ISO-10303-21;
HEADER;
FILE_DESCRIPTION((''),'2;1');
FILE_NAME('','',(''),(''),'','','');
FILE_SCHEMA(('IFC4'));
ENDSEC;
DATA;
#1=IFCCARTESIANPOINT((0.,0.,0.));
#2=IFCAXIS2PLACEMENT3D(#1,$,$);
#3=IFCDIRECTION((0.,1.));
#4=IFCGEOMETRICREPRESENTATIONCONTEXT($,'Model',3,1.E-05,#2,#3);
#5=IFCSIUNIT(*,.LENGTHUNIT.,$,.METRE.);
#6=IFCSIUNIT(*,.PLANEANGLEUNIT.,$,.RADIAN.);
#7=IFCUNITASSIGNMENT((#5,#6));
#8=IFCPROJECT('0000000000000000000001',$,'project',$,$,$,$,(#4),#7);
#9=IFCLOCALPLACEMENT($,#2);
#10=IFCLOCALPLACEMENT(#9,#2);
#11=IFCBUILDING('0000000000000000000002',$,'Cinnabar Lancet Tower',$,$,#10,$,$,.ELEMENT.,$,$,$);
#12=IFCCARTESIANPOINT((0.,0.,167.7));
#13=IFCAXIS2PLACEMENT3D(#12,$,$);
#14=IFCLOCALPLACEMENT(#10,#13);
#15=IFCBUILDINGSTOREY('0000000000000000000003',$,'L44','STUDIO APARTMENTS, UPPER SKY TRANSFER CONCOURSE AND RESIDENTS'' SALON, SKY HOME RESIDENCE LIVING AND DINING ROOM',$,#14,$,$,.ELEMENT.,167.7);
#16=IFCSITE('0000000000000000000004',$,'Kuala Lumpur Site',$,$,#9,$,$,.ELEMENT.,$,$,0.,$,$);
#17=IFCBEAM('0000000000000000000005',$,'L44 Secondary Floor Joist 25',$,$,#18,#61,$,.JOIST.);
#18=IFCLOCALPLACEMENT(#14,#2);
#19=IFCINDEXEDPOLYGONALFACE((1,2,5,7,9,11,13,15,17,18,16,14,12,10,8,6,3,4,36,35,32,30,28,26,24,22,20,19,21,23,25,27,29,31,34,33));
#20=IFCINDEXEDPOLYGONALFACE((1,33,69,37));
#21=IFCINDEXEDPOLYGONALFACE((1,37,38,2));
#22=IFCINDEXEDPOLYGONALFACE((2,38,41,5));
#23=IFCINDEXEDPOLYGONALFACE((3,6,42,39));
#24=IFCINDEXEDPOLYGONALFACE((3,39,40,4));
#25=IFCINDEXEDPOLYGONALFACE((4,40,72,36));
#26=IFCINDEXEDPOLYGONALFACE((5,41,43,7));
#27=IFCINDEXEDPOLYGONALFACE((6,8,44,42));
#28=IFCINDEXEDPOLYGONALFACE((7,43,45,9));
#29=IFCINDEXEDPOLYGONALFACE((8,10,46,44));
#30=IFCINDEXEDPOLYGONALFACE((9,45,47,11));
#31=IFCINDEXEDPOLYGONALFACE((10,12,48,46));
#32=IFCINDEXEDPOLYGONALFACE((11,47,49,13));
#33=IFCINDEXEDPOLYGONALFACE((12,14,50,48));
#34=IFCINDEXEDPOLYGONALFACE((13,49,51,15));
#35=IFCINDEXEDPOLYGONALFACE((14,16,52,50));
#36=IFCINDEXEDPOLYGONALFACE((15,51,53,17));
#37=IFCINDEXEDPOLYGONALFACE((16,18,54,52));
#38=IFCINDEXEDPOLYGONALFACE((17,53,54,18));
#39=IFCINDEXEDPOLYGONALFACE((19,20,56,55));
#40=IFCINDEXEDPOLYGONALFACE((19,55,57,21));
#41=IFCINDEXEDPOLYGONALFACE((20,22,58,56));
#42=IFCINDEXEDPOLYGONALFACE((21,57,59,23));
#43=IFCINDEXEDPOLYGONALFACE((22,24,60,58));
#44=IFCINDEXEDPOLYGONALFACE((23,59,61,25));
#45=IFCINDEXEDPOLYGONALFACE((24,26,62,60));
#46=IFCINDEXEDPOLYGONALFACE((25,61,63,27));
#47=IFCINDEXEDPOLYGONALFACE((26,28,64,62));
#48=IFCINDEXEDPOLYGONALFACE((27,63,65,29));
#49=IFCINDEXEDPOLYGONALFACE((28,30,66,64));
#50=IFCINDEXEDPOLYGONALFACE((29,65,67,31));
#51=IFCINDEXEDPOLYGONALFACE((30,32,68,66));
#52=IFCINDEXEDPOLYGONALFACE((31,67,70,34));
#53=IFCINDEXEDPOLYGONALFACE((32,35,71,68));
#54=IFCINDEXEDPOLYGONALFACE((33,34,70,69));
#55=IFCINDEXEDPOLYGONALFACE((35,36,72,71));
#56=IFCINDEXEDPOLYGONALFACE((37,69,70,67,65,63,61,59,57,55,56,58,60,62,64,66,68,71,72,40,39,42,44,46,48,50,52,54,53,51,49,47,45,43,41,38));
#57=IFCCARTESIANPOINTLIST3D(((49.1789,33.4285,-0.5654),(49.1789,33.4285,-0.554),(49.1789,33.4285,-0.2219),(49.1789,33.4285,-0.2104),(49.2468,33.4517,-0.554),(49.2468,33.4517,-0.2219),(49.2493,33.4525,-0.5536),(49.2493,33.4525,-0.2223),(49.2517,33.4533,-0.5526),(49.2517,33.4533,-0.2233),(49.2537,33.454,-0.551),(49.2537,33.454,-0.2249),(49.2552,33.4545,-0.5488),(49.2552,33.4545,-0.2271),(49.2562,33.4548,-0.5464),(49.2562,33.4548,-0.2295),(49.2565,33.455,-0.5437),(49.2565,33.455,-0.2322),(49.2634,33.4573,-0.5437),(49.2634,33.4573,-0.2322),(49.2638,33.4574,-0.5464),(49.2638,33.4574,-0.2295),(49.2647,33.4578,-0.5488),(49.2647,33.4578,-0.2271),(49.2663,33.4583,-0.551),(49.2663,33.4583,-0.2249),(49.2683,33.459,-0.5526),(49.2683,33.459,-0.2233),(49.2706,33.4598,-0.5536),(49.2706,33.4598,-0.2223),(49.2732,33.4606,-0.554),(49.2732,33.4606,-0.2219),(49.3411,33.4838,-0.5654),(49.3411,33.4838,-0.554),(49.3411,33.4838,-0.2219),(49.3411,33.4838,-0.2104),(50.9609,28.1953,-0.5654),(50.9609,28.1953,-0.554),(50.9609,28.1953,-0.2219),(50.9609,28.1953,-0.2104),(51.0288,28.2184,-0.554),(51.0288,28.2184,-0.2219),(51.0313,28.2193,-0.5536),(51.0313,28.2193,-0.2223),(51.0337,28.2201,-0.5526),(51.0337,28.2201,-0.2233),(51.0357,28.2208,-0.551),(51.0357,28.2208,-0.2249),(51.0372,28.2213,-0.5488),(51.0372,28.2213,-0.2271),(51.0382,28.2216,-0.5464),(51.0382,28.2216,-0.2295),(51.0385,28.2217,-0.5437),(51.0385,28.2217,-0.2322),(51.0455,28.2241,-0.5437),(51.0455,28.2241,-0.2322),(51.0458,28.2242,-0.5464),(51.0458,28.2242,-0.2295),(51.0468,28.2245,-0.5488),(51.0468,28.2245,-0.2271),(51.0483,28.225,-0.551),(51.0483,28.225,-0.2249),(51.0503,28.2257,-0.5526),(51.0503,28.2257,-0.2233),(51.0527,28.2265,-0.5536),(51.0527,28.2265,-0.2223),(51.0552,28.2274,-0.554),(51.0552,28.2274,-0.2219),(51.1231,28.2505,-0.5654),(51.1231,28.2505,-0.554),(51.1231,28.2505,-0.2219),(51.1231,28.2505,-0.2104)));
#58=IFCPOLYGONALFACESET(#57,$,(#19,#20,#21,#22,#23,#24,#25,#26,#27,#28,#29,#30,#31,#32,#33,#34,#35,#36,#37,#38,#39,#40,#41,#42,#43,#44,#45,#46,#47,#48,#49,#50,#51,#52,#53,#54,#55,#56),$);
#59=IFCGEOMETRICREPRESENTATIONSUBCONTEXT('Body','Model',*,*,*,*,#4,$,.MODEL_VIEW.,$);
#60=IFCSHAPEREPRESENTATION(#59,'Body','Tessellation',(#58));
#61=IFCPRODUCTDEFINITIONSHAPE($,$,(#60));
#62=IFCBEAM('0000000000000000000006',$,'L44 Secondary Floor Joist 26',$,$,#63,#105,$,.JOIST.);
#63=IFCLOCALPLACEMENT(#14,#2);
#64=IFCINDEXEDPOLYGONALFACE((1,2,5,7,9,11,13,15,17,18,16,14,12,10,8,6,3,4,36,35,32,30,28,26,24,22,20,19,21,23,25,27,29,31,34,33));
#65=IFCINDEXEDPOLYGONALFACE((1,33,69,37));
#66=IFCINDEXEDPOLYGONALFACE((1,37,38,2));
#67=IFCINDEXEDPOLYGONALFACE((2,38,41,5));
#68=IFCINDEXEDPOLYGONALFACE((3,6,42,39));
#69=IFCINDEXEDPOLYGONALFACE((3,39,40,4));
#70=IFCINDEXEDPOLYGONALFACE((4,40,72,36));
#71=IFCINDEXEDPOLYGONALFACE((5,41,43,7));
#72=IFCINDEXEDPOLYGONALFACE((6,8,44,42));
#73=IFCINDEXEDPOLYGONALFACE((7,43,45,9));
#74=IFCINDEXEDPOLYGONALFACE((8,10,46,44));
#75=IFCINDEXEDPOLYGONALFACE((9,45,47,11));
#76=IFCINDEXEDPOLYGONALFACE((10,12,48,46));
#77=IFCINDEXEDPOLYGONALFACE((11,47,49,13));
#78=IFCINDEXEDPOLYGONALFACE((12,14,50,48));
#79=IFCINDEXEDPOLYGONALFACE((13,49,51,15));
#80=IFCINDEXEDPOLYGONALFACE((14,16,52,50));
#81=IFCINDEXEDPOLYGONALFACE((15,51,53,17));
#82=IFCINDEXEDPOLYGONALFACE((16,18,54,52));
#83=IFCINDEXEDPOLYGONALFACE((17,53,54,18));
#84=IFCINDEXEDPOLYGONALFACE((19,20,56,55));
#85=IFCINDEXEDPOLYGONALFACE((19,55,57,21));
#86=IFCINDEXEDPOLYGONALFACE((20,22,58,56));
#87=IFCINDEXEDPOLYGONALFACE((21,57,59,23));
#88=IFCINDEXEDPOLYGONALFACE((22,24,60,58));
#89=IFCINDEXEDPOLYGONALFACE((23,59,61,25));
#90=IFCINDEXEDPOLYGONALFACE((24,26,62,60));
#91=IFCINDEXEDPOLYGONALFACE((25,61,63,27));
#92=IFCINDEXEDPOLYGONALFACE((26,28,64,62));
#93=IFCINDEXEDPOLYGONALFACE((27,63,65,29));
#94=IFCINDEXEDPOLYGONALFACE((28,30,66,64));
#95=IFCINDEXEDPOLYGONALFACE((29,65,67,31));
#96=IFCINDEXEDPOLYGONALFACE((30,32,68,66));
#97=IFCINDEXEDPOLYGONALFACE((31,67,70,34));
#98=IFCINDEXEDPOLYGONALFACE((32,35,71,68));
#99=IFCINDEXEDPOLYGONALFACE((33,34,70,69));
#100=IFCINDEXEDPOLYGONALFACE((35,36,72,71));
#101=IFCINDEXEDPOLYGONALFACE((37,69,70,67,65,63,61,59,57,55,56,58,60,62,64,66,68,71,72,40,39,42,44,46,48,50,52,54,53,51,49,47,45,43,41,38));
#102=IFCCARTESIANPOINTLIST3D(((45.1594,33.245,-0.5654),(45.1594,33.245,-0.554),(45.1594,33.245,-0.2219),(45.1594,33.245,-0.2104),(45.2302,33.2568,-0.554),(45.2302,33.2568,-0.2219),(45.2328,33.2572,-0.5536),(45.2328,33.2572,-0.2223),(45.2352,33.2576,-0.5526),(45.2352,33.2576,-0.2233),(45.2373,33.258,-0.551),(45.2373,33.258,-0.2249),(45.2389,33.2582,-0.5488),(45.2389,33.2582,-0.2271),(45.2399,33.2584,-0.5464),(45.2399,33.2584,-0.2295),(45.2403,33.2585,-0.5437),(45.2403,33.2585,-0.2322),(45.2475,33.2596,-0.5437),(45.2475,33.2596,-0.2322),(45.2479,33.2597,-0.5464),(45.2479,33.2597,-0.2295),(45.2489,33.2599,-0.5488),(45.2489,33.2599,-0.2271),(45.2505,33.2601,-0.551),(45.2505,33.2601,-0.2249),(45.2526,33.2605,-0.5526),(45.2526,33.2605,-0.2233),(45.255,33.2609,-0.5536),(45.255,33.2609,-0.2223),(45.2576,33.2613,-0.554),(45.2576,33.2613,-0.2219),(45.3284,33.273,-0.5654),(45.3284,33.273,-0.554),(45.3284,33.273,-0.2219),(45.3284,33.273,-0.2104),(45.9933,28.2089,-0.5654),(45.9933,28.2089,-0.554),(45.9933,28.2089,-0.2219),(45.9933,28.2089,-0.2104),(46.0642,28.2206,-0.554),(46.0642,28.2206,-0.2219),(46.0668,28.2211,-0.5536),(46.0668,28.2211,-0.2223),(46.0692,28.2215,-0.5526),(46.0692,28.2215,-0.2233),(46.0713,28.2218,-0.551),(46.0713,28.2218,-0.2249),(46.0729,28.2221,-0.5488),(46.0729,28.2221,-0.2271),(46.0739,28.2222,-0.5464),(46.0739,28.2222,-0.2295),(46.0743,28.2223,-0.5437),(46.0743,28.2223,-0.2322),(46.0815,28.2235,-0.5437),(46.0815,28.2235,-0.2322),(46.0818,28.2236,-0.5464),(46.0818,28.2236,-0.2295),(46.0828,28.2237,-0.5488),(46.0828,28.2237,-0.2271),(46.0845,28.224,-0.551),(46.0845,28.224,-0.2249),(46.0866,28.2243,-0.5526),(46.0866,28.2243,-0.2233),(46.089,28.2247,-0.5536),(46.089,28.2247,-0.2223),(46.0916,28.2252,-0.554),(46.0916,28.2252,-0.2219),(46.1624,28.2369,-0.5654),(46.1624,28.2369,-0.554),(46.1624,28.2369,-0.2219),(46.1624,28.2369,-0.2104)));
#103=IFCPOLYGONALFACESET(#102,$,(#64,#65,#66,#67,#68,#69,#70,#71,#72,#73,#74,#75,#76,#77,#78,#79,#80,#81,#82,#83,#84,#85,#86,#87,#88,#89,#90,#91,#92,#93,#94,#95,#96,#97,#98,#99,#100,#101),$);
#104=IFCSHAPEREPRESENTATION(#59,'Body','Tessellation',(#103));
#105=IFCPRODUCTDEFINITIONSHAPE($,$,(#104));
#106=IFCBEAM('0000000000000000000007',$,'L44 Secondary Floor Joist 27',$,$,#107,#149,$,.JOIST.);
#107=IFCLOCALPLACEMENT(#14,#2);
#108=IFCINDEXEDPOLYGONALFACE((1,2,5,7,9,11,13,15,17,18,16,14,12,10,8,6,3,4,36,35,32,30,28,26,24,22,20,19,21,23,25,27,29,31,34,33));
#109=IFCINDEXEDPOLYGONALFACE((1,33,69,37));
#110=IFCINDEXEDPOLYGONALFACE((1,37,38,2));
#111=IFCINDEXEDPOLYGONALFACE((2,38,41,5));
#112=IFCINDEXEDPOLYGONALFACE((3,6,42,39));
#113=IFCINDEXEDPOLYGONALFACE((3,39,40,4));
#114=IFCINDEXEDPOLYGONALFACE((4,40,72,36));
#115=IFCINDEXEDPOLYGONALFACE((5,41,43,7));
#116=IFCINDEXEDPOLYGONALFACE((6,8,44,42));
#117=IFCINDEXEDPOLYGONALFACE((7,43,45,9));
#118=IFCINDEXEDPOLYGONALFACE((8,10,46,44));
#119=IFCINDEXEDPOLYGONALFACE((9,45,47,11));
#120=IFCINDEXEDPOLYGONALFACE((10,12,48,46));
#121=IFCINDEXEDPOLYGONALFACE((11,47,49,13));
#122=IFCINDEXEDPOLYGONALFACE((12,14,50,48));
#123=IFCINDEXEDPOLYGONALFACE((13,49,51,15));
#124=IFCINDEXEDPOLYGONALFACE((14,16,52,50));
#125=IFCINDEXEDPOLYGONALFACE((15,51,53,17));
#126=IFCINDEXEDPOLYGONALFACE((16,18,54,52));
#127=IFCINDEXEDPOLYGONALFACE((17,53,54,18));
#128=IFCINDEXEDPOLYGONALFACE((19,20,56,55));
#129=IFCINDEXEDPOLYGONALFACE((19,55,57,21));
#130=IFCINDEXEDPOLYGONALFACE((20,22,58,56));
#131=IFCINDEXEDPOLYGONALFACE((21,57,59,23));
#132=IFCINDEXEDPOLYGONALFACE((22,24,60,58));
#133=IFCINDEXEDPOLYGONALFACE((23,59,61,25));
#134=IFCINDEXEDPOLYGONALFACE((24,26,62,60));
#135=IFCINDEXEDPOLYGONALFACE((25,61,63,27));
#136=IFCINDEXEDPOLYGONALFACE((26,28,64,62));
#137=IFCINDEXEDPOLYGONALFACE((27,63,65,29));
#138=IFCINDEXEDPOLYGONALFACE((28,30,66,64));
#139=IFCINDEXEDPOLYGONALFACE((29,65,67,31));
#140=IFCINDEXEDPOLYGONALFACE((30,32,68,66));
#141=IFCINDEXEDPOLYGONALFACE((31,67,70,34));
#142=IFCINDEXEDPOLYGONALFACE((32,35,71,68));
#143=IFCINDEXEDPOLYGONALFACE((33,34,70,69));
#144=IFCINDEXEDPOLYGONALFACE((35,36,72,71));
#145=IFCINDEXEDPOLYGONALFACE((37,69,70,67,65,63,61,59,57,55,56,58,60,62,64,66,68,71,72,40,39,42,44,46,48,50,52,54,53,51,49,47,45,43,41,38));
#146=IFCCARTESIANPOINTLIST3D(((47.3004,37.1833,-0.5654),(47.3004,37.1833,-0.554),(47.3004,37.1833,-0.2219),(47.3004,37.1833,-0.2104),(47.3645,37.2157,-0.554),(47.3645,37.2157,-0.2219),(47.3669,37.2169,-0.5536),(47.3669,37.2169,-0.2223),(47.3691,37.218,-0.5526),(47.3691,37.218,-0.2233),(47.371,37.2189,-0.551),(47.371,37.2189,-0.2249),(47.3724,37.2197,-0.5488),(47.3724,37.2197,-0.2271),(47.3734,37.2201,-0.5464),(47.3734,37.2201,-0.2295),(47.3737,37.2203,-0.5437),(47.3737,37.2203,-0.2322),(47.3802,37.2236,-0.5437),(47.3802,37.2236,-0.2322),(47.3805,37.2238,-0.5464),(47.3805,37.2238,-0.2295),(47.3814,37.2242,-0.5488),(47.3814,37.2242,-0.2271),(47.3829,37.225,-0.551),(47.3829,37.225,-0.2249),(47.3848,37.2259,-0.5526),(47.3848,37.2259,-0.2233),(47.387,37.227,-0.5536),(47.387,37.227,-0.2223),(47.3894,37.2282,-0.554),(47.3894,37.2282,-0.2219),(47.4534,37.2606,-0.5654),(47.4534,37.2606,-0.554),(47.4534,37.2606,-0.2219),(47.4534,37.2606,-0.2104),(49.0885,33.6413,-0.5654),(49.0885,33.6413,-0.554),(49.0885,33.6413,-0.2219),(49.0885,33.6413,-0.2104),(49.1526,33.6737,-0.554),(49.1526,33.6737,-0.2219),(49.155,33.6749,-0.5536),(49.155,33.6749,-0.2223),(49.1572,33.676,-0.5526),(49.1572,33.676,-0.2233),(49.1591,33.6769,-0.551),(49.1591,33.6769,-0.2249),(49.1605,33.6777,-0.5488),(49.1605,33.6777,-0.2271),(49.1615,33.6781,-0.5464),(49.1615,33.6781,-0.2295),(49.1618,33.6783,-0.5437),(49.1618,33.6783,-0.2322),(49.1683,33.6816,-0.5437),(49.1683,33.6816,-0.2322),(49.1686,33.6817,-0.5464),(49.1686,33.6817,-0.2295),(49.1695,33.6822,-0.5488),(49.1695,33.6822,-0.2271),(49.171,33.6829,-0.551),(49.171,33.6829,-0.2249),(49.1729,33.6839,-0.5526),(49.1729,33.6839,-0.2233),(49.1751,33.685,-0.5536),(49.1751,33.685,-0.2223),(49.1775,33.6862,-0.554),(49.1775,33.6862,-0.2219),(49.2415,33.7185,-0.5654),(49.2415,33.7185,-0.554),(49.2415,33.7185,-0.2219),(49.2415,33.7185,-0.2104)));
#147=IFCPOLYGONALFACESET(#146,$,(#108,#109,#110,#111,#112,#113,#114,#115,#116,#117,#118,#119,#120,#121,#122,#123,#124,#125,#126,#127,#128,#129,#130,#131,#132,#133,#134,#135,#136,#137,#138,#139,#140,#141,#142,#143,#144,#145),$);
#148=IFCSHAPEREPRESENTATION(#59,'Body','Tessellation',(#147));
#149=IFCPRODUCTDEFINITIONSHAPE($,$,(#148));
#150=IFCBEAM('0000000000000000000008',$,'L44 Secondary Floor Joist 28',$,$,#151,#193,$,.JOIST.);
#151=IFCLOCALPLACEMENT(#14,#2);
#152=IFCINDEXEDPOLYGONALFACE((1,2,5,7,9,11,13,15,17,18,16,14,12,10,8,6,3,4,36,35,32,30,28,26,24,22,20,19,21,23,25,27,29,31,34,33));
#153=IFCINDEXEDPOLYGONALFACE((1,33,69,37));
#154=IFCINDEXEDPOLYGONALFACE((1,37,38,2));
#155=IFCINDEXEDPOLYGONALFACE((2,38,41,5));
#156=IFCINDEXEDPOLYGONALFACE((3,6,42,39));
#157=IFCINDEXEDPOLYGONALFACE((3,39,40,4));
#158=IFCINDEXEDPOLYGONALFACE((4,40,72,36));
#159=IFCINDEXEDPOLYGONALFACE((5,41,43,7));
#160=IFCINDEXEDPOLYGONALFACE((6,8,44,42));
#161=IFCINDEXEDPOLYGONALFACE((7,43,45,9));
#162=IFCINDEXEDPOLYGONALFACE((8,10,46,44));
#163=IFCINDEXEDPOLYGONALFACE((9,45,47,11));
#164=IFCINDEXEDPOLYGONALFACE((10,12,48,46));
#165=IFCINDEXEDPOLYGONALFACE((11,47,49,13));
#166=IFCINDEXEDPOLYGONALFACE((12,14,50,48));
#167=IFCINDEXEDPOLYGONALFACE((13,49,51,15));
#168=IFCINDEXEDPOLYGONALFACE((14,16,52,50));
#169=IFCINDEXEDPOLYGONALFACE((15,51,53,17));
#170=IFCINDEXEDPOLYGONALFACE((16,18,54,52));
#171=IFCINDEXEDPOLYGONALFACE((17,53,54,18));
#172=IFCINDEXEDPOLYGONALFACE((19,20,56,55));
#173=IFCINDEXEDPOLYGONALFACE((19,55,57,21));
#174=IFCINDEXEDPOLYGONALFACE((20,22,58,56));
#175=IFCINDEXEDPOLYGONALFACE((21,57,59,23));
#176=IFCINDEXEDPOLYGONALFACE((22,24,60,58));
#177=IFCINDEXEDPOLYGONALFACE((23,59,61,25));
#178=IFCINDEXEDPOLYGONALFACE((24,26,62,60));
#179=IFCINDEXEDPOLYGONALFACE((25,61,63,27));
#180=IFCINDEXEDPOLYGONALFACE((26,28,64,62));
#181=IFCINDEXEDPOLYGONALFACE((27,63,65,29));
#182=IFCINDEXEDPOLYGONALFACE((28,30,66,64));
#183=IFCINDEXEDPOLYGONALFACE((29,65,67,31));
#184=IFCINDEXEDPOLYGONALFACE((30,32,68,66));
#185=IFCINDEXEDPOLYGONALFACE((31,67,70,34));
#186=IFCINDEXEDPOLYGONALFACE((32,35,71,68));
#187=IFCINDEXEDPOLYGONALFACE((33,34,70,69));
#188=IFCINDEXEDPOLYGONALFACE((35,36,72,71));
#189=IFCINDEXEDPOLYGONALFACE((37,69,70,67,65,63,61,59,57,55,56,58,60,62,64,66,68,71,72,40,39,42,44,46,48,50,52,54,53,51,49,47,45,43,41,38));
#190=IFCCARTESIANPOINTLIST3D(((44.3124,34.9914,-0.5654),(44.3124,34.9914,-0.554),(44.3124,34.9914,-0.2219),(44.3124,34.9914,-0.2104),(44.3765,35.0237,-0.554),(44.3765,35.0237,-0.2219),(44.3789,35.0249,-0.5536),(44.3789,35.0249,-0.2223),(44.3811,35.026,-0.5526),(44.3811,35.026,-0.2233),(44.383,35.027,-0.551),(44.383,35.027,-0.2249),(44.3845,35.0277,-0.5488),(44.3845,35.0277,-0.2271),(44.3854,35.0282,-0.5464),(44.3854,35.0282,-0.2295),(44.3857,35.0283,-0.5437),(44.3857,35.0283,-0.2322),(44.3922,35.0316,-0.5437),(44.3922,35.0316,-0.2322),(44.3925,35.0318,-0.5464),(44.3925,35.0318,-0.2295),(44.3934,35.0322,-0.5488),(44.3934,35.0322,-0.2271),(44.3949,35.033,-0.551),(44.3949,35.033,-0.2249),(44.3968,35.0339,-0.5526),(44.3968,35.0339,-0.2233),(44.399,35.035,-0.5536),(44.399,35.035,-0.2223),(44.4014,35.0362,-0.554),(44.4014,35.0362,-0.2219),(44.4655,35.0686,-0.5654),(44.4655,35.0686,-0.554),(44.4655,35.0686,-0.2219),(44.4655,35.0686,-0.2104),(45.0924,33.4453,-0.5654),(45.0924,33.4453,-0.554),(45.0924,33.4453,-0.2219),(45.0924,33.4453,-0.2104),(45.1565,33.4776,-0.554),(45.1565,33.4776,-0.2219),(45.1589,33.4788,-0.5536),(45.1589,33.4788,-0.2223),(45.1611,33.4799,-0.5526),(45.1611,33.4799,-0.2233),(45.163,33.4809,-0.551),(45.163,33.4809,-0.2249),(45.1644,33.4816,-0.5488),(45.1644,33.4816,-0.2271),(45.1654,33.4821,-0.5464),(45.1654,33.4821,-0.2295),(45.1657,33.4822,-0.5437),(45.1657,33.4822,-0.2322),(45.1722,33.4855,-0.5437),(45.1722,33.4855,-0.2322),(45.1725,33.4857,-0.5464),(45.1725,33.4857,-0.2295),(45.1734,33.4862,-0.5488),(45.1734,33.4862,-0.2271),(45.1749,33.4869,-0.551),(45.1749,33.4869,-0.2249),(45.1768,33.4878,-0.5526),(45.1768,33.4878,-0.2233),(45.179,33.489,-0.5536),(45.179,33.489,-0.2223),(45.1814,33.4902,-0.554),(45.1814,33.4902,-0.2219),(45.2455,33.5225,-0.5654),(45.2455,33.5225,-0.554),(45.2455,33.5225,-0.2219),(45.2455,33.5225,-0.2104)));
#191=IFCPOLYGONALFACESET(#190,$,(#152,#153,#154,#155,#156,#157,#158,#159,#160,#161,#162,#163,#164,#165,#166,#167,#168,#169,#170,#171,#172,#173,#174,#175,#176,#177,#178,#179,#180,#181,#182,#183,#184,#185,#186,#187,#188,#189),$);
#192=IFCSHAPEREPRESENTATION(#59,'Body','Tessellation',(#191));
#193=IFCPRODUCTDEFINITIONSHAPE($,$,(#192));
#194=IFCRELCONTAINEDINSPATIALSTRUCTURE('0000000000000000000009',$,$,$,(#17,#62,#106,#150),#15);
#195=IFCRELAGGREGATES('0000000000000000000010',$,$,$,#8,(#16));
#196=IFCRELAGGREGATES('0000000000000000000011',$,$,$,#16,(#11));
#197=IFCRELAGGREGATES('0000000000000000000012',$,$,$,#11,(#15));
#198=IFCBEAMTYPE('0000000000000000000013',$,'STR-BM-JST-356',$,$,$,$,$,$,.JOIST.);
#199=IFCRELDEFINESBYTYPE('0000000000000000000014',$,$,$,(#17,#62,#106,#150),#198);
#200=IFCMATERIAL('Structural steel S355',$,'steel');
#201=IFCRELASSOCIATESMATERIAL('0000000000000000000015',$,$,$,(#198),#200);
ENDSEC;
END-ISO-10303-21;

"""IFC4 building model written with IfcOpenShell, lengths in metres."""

from ifc_helpers import new_model, si_unit, direction, frame, origin, origin_2d, place, context, subcontext, project, spatial, i_section, extrude, material, material_profile, profile_set, type_object, element, save


model = new_model("IFC4")

# Units and contexts
model_context = context("Model", 3, precision=1e-05, world=origin(), true_north=direction((0.0, 1.0)))
body_context = subcontext(model_context, "Body", "Model", "MODEL_VIEW")
ifc_project = project(units=[si_unit("LENGTHUNIT", "METRE"), si_unit("PLANEANGLEUNIT", "RADIAN")], contexts=[model_context])

# Site, building, storey
site_placement = place(None, origin())
site = spatial("IfcSite", under=ifc_project, at=site_placement, Name="Kuala Lumpur Site", CompositionType="ELEMENT", RefElevation=0.0)
building_placement = place(site_placement, origin())
building = spatial("IfcBuilding", under=site, at=building_placement, Name="Cinnabar Lancet Tower", CompositionType="ELEMENT")
storey_placement = place(building_placement, frame((0.0, 0.0, 167.7)))
storey = spatial("IfcBuildingStorey", under=building, at=storey_placement, Name="L44", Description="STUDIO APARTMENTS, UPPER SKY TRANSFER CONCOURSE AND RESIDENTS' SALON, SKY HOME RESIDENCE LIVING AND DINING ROOM", CompositionType="ELEMENT", Elevation=167.7)

# Beams
ifc_material_1 = material(Name="Structural steel S355", Category="steel")
ifc_material_profile_1 = material_profile(ifc_material_1, i_section(OverallWidth=0.1714, OverallDepth=0.355, WebThickness=0.0073, FlangeThickness=0.0115, FilletRadius=0.0103, at=origin_2d()), Name="UKB 356x171x51")
ifc_profile_set_1 = profile_set([ifc_material_profile_1], Name="Structural steel S355")
beam_type_1 = type_object("IfcBeamType", Name="STR-BM-JST-356", PredefinedType="JOIST", material=ifc_profile_set_1)
beam_1_placement = place(storey_placement, frame((51.042, 28.2229, -0.3879), z_axis=(-0.322342, 0.946623, 0.0), x_axis=(-0.946623, -0.322342, 0.0)))
element("IfcBeam", 1, at=beam_1_placement, inside=storey, type_object=beam_type_1, Name="L44 Secondary Floor Joist 25", PredefinedType="JOIST", context=body_context, shape_type="SweptSolid", body=[
    extrude(i_section(OverallWidth=0.1714, OverallDepth=0.355, WebThickness=0.0073, FlangeThickness=0.0115, FilletRadius=0.0103, at=origin_2d()), origin(), (0.0, 0.0, 1.0), 5.5283),
])
beam_2_placement = place(storey_placement, frame((46.0779, 28.2229, -0.3879), z_axis=(-0.163375, 0.986564, 0.0), x_axis=(-0.986564, -0.163375, 0.0)))
element("IfcBeam", 2, at=beam_2_placement, inside=storey, type_object=beam_type_1, Name="L44 Secondary Floor Joist 26", PredefinedType="JOIST", context=body_context, shape_type="SweptSolid", body=[
    extrude(i_section(OverallWidth=0.1714, OverallDepth=0.355, WebThickness=0.0073, FlangeThickness=0.0115, FilletRadius=0.0103, at=origin_2d()), origin(), (0.0, 0.0, 1.0), 5.1047),
])
beam_3_placement = place(storey_placement, frame((49.165, 33.6799, -0.3879), z_axis=(-0.450656, 0.892698, 0.0), x_axis=(-0.892698, -0.450656, 0.0)))
element("IfcBeam", 3, at=beam_3_placement, inside=storey, type_object=beam_type_1, Name="L44 Secondary Floor Joist 27", PredefinedType="JOIST", context=body_context, shape_type="SweptSolid", body=[
    extrude(i_section(OverallWidth=0.1714, OverallDepth=0.355, WebThickness=0.0073, FlangeThickness=0.0115, FilletRadius=0.0103, at=origin_2d()), origin(), (0.0, 0.0, 1.0), 3.9678),
])
beam_4_placement = place(storey_placement, frame((45.1689, 33.4839, -0.3879), z_axis=(-0.450425, 0.892814, 0.0), x_axis=(-0.892814, -0.450425, 0.0)))
element("IfcBeam", 4, at=beam_4_placement, inside=storey, type_object=beam_type_1, Name="L44 Secondary Floor Joist 28", PredefinedType="JOIST", context=body_context, shape_type="SweptSolid", body=[
    extrude(i_section(OverallWidth=0.1714, OverallDepth=0.355, WebThickness=0.0073, FlangeThickness=0.0115, FilletRadius=0.0103, at=origin_2d()), origin(), (0.0, 0.0, 1.0), 1.7317),
])

save(model, "model.ifc")
